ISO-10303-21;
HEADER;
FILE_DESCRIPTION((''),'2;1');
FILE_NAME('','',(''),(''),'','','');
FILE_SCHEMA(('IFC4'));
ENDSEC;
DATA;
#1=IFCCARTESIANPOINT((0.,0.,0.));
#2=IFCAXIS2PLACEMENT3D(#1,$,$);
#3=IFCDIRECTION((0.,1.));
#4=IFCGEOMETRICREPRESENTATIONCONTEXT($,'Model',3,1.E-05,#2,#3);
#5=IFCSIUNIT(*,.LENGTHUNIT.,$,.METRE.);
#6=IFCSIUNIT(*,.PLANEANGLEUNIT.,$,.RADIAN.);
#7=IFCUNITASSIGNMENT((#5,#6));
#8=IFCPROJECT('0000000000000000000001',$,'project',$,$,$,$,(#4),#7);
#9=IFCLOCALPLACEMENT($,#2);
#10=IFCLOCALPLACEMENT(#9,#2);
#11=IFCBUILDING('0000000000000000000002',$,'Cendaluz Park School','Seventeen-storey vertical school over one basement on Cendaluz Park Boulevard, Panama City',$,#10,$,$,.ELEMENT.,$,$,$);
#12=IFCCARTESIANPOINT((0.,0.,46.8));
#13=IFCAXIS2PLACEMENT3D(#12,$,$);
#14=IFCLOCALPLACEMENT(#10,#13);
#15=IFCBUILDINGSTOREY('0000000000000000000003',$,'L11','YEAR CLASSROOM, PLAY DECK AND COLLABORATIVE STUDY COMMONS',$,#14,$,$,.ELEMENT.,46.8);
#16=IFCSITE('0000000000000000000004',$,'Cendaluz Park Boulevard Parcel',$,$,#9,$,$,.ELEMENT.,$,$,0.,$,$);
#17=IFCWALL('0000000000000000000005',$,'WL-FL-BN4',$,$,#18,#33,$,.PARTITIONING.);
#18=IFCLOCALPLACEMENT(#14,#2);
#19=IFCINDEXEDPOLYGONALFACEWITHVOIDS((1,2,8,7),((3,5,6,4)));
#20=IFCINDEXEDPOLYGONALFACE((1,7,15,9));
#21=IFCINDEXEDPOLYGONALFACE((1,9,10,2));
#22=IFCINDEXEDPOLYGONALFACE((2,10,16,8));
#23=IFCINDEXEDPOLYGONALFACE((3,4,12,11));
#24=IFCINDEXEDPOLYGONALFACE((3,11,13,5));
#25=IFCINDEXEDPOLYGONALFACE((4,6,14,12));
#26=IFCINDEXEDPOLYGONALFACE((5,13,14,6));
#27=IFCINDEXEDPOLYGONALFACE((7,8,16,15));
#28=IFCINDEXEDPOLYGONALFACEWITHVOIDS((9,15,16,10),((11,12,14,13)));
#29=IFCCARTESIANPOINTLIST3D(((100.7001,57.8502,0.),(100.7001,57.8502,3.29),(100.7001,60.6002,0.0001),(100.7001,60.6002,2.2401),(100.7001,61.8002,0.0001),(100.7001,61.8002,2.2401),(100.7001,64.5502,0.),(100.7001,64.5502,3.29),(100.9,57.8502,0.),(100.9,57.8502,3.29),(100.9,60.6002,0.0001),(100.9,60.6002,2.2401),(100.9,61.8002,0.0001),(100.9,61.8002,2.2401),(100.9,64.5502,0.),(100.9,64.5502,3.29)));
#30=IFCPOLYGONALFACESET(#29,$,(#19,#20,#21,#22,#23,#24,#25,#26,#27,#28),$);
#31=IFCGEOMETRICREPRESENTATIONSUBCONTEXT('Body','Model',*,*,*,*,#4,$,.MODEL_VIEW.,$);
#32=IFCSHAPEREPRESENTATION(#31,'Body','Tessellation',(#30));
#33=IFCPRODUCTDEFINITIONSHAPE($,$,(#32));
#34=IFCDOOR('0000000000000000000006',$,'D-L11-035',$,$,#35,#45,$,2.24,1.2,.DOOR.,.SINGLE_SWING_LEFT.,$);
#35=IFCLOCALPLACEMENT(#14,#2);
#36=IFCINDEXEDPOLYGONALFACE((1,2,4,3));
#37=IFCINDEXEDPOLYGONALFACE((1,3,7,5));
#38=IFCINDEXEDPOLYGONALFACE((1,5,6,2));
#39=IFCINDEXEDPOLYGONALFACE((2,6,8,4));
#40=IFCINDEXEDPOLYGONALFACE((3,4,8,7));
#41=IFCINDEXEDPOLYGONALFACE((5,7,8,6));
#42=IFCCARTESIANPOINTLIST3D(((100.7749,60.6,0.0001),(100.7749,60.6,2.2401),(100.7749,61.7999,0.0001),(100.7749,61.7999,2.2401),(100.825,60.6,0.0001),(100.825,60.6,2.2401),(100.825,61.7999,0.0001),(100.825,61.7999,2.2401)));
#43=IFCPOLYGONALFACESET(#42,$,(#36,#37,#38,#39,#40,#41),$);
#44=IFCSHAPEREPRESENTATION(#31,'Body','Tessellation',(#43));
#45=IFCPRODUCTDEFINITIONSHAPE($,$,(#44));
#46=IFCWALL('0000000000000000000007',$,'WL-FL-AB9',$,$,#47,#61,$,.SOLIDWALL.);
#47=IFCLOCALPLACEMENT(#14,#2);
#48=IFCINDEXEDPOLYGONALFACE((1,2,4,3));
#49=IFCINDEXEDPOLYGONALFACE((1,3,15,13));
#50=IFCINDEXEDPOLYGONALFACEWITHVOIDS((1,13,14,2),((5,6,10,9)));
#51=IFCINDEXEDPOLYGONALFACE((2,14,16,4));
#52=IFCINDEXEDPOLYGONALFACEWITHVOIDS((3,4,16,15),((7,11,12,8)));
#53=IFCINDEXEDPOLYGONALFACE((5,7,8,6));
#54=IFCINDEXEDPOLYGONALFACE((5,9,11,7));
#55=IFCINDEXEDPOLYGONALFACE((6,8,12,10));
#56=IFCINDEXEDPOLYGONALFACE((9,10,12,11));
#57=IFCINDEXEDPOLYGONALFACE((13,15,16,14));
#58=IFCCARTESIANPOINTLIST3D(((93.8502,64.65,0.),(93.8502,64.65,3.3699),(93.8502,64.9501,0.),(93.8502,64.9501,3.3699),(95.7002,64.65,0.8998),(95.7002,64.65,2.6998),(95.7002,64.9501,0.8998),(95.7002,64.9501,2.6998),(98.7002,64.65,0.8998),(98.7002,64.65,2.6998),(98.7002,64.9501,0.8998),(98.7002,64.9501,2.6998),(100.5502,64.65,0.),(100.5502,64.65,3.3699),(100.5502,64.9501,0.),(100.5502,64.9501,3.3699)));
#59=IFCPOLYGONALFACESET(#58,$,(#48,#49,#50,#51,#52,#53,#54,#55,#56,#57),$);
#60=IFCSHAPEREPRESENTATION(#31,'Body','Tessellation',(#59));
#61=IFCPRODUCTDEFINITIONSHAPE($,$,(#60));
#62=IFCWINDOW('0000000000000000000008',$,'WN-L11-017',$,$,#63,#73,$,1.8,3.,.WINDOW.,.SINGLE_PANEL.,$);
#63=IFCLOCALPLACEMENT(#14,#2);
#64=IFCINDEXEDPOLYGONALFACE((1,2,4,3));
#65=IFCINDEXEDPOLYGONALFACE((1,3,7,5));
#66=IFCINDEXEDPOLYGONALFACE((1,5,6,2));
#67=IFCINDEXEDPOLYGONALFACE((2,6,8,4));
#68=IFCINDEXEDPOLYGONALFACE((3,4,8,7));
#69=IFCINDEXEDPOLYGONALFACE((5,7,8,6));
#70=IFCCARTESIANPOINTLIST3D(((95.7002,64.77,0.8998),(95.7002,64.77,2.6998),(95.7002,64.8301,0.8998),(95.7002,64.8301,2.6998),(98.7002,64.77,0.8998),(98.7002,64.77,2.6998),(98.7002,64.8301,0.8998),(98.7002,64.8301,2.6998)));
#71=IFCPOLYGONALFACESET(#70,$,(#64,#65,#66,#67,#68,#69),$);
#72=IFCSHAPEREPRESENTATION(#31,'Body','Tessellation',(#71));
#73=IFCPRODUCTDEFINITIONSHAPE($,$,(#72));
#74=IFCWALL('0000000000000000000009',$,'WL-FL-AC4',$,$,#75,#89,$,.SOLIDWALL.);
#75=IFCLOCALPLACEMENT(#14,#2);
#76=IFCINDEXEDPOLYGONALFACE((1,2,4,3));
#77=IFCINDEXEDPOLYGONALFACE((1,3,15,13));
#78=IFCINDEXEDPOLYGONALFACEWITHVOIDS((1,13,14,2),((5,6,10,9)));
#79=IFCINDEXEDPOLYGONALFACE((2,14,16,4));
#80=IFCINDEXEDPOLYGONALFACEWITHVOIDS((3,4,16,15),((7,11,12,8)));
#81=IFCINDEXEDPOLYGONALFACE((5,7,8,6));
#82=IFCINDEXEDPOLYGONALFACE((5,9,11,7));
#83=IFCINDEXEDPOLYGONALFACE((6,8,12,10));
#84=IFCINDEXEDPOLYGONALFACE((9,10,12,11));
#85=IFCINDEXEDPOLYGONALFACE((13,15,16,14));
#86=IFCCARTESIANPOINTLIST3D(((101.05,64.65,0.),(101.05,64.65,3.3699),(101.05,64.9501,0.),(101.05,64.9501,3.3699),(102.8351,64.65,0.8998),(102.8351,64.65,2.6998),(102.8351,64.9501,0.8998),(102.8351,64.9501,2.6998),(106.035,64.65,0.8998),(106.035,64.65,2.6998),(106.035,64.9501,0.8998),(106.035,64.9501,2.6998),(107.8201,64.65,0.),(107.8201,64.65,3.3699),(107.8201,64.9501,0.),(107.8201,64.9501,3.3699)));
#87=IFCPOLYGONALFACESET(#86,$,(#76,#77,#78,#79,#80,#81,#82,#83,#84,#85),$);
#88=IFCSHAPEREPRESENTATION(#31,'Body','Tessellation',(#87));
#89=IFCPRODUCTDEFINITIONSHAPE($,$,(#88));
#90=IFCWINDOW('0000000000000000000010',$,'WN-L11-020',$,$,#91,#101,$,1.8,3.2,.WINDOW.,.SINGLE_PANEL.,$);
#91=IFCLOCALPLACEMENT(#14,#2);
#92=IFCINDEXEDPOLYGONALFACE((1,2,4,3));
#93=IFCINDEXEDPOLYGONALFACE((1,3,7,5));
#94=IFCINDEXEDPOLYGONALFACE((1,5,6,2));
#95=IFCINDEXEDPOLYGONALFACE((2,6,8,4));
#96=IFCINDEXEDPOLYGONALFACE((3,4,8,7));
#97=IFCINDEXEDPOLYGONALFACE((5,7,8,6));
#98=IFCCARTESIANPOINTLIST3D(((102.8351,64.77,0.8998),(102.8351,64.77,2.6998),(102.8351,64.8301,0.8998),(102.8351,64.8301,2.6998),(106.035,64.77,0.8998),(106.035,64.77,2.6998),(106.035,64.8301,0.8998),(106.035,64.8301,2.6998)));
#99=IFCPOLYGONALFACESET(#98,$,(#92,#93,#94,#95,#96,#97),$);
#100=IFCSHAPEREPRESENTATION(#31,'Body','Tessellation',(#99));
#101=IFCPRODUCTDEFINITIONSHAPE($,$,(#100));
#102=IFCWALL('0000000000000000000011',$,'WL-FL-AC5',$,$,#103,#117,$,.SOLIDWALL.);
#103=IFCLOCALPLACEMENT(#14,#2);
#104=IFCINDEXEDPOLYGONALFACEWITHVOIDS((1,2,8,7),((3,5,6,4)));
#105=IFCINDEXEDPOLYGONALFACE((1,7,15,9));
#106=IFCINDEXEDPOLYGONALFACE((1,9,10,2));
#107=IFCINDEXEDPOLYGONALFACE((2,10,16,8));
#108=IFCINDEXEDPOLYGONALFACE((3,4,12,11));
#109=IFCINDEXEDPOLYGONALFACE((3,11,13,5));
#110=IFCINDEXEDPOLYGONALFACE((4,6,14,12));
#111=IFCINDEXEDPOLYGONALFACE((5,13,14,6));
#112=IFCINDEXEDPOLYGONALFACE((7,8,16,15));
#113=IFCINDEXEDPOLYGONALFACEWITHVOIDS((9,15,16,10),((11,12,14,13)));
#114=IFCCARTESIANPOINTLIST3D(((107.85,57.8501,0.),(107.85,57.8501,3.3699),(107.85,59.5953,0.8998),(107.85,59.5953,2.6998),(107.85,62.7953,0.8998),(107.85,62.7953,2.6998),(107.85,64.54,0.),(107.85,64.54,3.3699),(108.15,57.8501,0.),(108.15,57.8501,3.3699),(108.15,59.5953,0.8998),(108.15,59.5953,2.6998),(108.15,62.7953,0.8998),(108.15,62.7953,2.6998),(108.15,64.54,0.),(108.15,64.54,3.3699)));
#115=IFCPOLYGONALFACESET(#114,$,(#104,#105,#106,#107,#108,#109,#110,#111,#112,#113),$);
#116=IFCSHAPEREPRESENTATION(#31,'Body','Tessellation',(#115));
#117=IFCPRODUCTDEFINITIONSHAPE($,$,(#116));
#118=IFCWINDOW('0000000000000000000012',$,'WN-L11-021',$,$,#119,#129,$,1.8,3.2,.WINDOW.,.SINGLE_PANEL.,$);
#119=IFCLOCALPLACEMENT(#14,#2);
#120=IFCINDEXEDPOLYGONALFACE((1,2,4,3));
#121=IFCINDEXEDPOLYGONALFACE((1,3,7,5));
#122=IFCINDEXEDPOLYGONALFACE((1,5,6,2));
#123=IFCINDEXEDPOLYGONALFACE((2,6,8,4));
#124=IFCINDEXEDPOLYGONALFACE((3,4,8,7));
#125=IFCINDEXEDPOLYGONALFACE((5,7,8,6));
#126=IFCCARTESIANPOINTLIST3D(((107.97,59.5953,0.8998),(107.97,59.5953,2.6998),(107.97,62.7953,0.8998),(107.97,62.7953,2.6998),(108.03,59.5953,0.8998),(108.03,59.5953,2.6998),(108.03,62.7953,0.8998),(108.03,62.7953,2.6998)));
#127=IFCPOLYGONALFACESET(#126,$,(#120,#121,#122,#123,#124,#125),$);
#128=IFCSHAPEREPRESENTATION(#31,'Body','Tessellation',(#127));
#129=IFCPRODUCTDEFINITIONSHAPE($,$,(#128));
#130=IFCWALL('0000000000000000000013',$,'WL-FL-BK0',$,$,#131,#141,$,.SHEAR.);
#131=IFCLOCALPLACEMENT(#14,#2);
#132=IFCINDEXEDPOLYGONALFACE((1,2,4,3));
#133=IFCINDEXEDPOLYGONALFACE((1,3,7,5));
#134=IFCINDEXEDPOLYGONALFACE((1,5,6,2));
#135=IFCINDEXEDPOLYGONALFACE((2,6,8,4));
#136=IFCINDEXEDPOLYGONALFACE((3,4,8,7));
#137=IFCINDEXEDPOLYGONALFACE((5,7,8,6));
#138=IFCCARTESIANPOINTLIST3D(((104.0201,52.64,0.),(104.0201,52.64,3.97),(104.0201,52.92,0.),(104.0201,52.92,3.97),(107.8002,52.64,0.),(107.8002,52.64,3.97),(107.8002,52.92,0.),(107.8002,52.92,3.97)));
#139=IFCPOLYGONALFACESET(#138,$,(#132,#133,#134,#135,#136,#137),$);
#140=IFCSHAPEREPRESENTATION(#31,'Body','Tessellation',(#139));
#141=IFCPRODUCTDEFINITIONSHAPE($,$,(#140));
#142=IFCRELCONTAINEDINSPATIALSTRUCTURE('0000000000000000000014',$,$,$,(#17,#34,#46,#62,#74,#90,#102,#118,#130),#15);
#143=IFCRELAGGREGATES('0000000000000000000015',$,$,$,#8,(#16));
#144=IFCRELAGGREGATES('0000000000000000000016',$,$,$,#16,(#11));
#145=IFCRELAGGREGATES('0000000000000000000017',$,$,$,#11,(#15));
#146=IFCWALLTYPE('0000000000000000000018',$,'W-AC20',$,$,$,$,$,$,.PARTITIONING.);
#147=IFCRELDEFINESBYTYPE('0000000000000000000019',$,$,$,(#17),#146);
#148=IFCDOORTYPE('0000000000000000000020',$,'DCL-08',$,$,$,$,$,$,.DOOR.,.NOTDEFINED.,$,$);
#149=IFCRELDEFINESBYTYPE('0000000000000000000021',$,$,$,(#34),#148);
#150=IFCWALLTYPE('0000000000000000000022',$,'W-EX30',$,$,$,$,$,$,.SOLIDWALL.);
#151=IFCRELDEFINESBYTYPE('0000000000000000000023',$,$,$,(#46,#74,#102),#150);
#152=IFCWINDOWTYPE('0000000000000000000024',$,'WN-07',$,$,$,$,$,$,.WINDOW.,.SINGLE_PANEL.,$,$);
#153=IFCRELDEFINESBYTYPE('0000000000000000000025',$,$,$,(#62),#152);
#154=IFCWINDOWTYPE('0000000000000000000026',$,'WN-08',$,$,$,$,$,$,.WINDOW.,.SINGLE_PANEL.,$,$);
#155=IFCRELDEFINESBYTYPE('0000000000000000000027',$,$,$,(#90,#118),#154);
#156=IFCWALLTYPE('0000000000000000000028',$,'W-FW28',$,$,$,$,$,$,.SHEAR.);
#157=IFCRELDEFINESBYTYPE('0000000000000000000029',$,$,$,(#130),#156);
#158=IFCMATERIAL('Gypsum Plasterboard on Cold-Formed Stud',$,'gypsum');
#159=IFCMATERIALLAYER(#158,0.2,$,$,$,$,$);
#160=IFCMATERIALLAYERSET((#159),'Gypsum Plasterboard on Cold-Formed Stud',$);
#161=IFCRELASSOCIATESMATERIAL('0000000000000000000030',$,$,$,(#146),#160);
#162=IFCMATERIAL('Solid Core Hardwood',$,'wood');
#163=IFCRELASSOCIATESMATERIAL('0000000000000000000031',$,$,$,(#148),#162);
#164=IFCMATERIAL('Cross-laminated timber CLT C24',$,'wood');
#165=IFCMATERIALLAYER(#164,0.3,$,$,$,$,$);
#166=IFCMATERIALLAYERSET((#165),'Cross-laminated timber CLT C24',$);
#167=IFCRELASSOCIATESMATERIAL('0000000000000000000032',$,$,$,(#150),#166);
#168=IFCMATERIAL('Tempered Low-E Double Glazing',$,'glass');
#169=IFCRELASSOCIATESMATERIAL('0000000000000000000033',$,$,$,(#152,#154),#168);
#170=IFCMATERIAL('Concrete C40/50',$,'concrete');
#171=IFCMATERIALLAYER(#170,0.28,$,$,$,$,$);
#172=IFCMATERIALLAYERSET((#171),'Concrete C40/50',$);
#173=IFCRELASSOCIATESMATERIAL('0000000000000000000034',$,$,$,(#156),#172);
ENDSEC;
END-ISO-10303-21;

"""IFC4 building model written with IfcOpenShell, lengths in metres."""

from ifc_helpers import new_model, si_unit, direction, frame, frame_2d, origin, place, context, subcontext, project, spatial, rectangle, extrude, material, layer, layer_set, type_object, element, fill, save


model = new_model("IFC4")

# Units and contexts
model_context = context("Model", 3, precision=1e-05, world=origin(), true_north=direction((0.0, 1.0)))
body_context = subcontext(model_context, "Body", "Model", "MODEL_VIEW")
ifc_project = project(units=[si_unit("LENGTHUNIT", "METRE"), si_unit("PLANEANGLEUNIT", "RADIAN")], contexts=[model_context])

# Site, building, storey
site_placement = place(None, origin())
site = spatial("IfcSite", under=ifc_project, at=site_placement, Name="Cendaluz Park Boulevard Parcel", CompositionType="ELEMENT", RefElevation=0.0)
building_placement = place(site_placement, origin())
building = spatial("IfcBuilding", under=site, at=building_placement, Name="Cendaluz Park School", Description="Seventeen-storey vertical school over one basement on Cendaluz Park Boulevard, Panama City", CompositionType="ELEMENT")
storey_placement = place(building_placement, frame((0.0, 0.0, 46.8)))
storey = spatial("IfcBuildingStorey", under=building, at=storey_placement, Name="L11", Description="YEAR CLASSROOM, PLAY DECK AND COLLABORATIVE STUDY COMMONS", CompositionType="ELEMENT", Elevation=46.8)

# Wall, opening, door
ifc_material_1 = material(Name="Gypsum Plasterboard on Cold-Formed Stud", Category="gypsum")
ifc_layer_1 = layer(ifc_material_1, 0.2)
ifc_layer_set_1 = layer_set([ifc_layer_1], Name="Gypsum Plasterboard on Cold-Formed Stud")
wall_type_1 = type_object("IfcWallType", Name="W-AC20", PredefinedType="PARTITIONING", material=ifc_layer_set_1)
wall_1_placement = place(storey_placement, frame((100.8, 57.8501, 0.0), z_axis=(0.0, 0.0, 1.0), x_axis=(0.0, 1.0, 0.0)))
wall_1 = element("IfcWall", 1, at=wall_1_placement, inside=storey, type_object=wall_type_1, Name="WL-FL-BN4", PredefinedType="PARTITIONING", context=body_context, shape_type="SweptSolid", body=[
    extrude(rectangle(XDim=6.7, YDim=0.2, at=frame_2d((3.3501, 0.0))), origin(), (0.0, 0.0, 1.0), 3.29),
])
opening_1_placement = place(wall_1_placement, frame((2.75, 0.0, 0.0)))
opening_1 = element("IfcOpeningElement", 2, at=opening_1_placement, cuts=wall_1, PredefinedType="OPENING", context=body_context, shape_type="SweptSolid", body=[
    extrude(rectangle(XDim=1.2, YDim=2.24, at=frame_2d((0.6001, 1.1201))), frame((0.0, 0.1121, 0.0), z_axis=(0.0, -1.0, 0.0), x_axis=(1.0, 0.0, 0.0)), (0.0, 0.0, 1.0), 0.2239),
])
ifc_material_2 = material(Name="Solid Core Hardwood", Category="wood")
door_type_1 = type_object("IfcDoorType", Name="DCL-08", OperationType="NOTDEFINED", PredefinedType="DOOR", material=ifc_material_2)
door_1_placement = place(opening_1_placement, frame((1.2, 0.0, 0.0), z_axis=(0.0, 0.0, 1.0), x_axis=(-1.0, 0.0, 0.0)))
door_1 = element("IfcDoor", 3, at=door_1_placement, inside=storey, type_object=door_type_1, Name="D-L11-035", OperationType="SINGLE_SWING_LEFT", OverallHeight=2.24, OverallWidth=1.2, PredefinedType="DOOR", context=body_context, shape_type="SweptSolid", body=[
    extrude(rectangle(XDim=1.2, YDim=2.24, at=frame_2d((0.6001, 1.1201))), frame((0.0, 0.0249, 0.0), z_axis=(0.0, -1.0, 0.0), x_axis=(1.0, 0.0, 0.0)), (0.0, 0.0, 1.0), 0.05),
])
fill(opening_1, door_1)

# Walls, openings, windows
ifc_material_3 = material(Name="Cross-laminated timber CLT C24", Category="wood")
ifc_layer_2 = layer(ifc_material_3, 0.3)
ifc_layer_set_2 = layer_set([ifc_layer_2], Name="Cross-laminated timber CLT C24")
wall_type_2 = type_object("IfcWallType", Name="W-EX30", PredefinedType="SOLIDWALL", material=ifc_layer_set_2)
wall_2_placement = place(storey_placement, frame((93.8501, 64.8, 0.0), z_axis=(0.0, 0.0, 1.0), x_axis=(1.0, 0.0, 0.0)))
wall_2 = element("IfcWall", 4, at=wall_2_placement, inside=storey, type_object=wall_type_2, Name="WL-FL-AB9", PredefinedType="SOLIDWALL", context=body_context, shape_type="SweptSolid", body=[
    extrude(rectangle(XDim=6.7, YDim=0.3, at=frame_2d((3.3501, 0.0))), origin(), (0.0, 0.0, 1.0), 3.3699),
])
opening_2_placement = place(wall_2_placement, frame((1.8501, 0.0, 0.8999)))
opening_2 = element("IfcOpeningElement", 5, at=opening_2_placement, cuts=wall_2, PredefinedType="OPENING", context=body_context, shape_type="SweptSolid", body=[
    extrude(rectangle(XDim=3.0, YDim=1.8, at=frame_2d((1.5, 0.8999))), frame((0.0, 0.1621, 0.0), z_axis=(0.0, -1.0, 0.0), x_axis=(1.0, 0.0, 0.0)), (0.0, 0.0, 1.0), 0.324),
])
ifc_material_4 = material(Name="Tempered Low-E Double Glazing", Category="glass")
window_type_1 = type_object("IfcWindowType", Name="WN-07", PartitioningType="SINGLE_PANEL", PredefinedType="WINDOW", material=ifc_material_4)
window_1_placement = place(opening_2_placement, origin())
window_1 = element("IfcWindow", 6, at=window_1_placement, inside=storey, type_object=window_type_1, Name="WN-L11-017", OverallHeight=1.8, OverallWidth=3.0, PartitioningType="SINGLE_PANEL", PredefinedType="WINDOW", context=body_context, shape_type="SweptSolid", body=[
    extrude(rectangle(XDim=3.0, YDim=1.8, at=frame_2d((1.5, 0.8999))), frame((0.0, 0.03, 0.0), z_axis=(0.0, -1.0, 0.0), x_axis=(1.0, 0.0, 0.0)), (0.0, 0.0, 1.0), 0.0601),
])
fill(opening_2, window_1)
wall_3_placement = place(storey_placement, frame((101.05, 64.8, 0.0), z_axis=(0.0, 0.0, 1.0), x_axis=(1.0, 0.0, 0.0)))
wall_3 = element("IfcWall", 7, at=wall_3_placement, inside=storey, type_object=wall_type_2, Name="WL-FL-AC4", PredefinedType="SOLIDWALL", context=body_context, shape_type="SweptSolid", body=[
    extrude(rectangle(XDim=6.77, YDim=0.3, at=frame_2d((3.385, 0.0))), origin(), (0.0, 0.0, 1.0), 3.3699),
])
opening_3_placement = place(wall_3_placement, frame((1.7849, 0.0, 0.8999)))
opening_3 = element("IfcOpeningElement", 8, at=opening_3_placement, cuts=wall_3, PredefinedType="OPENING", context=body_context, shape_type="SweptSolid", body=[
    extrude(rectangle(XDim=3.2, YDim=1.8, at=frame_2d((1.6001, 0.8999))), frame((0.0, 0.1621, 0.0), z_axis=(0.0, -1.0, 0.0), x_axis=(1.0, 0.0, 0.0)), (0.0, 0.0, 1.0), 0.324),
])
window_type_2 = type_object("IfcWindowType", Name="WN-08", PartitioningType="SINGLE_PANEL", PredefinedType="WINDOW", material=ifc_material_4)
window_2_placement = place(opening_3_placement, origin())
window_2 = element("IfcWindow", 9, at=window_2_placement, inside=storey, type_object=window_type_2, Name="WN-L11-020", OverallHeight=1.8, OverallWidth=3.2, PartitioningType="SINGLE_PANEL", PredefinedType="WINDOW", context=body_context, shape_type="SweptSolid", body=[
    extrude(rectangle(XDim=3.2, YDim=1.8, at=frame_2d((1.6001, 0.8999))), frame((0.0, 0.03, 0.0), z_axis=(0.0, -1.0, 0.0), x_axis=(1.0, 0.0, 0.0)), (0.0, 0.0, 1.0), 0.0601),
])
fill(opening_3, window_2)
wall_4_placement = place(storey_placement, frame((108.0, 57.8501, 0.0), z_axis=(0.0, 0.0, 1.0), x_axis=(0.0, 1.0, 0.0)))
wall_4 = element("IfcWall", 10, at=wall_4_placement, inside=storey, type_object=wall_type_2, Name="WL-FL-AC5", PredefinedType="SOLIDWALL", context=body_context, shape_type="SweptSolid", body=[
    extrude(rectangle(XDim=6.6899, YDim=0.3, at=frame_2d((3.345, 0.0))), origin(), (0.0, 0.0, 1.0), 3.3699),
])
opening_4_placement = place(wall_4_placement, frame((1.7451, 0.0, 0.8999)))
opening_4 = element("IfcOpeningElement", 11, at=opening_4_placement, cuts=wall_4, PredefinedType="OPENING", context=body_context, shape_type="SweptSolid", body=[
    extrude(rectangle(XDim=3.2, YDim=1.8, at=frame_2d((1.6001, 0.8999))), frame((0.0, 0.1621, 0.0), z_axis=(0.0, -1.0, 0.0), x_axis=(1.0, 0.0, 0.0)), (0.0, 0.0, 1.0), 0.324),
])
window_3_placement = place(opening_4_placement, origin())
window_3 = element("IfcWindow", 12, at=window_3_placement, inside=storey, type_object=window_type_2, Name="WN-L11-021", OverallHeight=1.8, OverallWidth=3.2, PartitioningType="SINGLE_PANEL", PredefinedType="WINDOW", context=body_context, shape_type="SweptSolid", body=[
    extrude(rectangle(XDim=3.2, YDim=1.8, at=frame_2d((1.6001, 0.8999))), frame((0.0, 0.03, 0.0), z_axis=(0.0, -1.0, 0.0), x_axis=(1.0, 0.0, 0.0)), (0.0, 0.0, 1.0), 0.0601),
])
fill(opening_4, window_3)

# Wall
ifc_material_5 = material(Name="Concrete C40/50", Category="concrete")
ifc_layer_3 = layer(ifc_material_5, 0.28)
ifc_layer_set_3 = layer_set([ifc_layer_3], Name="Concrete C40/50")
wall_type_3 = type_object("IfcWallType", Name="W-FW28", PredefinedType="SHEAR", material=ifc_layer_set_3)
wall_5_placement = place(storey_placement, frame((104.02, 52.78, 0.0), z_axis=(0.0, 0.0, 1.0), x_axis=(1.0, 0.0, 0.0)))
element("IfcWall", 13, at=wall_5_placement, inside=storey, type_object=wall_type_3, Name="WL-FL-BK0", PredefinedType="SHEAR", context=body_context, shape_type="SweptSolid", body=[
    extrude(rectangle(XDim=3.78, YDim=0.28, at=frame_2d((1.8901, 0.0))), origin(), (0.0, 0.0, 1.0), 3.97),
])

save(model, "model.ifc")
